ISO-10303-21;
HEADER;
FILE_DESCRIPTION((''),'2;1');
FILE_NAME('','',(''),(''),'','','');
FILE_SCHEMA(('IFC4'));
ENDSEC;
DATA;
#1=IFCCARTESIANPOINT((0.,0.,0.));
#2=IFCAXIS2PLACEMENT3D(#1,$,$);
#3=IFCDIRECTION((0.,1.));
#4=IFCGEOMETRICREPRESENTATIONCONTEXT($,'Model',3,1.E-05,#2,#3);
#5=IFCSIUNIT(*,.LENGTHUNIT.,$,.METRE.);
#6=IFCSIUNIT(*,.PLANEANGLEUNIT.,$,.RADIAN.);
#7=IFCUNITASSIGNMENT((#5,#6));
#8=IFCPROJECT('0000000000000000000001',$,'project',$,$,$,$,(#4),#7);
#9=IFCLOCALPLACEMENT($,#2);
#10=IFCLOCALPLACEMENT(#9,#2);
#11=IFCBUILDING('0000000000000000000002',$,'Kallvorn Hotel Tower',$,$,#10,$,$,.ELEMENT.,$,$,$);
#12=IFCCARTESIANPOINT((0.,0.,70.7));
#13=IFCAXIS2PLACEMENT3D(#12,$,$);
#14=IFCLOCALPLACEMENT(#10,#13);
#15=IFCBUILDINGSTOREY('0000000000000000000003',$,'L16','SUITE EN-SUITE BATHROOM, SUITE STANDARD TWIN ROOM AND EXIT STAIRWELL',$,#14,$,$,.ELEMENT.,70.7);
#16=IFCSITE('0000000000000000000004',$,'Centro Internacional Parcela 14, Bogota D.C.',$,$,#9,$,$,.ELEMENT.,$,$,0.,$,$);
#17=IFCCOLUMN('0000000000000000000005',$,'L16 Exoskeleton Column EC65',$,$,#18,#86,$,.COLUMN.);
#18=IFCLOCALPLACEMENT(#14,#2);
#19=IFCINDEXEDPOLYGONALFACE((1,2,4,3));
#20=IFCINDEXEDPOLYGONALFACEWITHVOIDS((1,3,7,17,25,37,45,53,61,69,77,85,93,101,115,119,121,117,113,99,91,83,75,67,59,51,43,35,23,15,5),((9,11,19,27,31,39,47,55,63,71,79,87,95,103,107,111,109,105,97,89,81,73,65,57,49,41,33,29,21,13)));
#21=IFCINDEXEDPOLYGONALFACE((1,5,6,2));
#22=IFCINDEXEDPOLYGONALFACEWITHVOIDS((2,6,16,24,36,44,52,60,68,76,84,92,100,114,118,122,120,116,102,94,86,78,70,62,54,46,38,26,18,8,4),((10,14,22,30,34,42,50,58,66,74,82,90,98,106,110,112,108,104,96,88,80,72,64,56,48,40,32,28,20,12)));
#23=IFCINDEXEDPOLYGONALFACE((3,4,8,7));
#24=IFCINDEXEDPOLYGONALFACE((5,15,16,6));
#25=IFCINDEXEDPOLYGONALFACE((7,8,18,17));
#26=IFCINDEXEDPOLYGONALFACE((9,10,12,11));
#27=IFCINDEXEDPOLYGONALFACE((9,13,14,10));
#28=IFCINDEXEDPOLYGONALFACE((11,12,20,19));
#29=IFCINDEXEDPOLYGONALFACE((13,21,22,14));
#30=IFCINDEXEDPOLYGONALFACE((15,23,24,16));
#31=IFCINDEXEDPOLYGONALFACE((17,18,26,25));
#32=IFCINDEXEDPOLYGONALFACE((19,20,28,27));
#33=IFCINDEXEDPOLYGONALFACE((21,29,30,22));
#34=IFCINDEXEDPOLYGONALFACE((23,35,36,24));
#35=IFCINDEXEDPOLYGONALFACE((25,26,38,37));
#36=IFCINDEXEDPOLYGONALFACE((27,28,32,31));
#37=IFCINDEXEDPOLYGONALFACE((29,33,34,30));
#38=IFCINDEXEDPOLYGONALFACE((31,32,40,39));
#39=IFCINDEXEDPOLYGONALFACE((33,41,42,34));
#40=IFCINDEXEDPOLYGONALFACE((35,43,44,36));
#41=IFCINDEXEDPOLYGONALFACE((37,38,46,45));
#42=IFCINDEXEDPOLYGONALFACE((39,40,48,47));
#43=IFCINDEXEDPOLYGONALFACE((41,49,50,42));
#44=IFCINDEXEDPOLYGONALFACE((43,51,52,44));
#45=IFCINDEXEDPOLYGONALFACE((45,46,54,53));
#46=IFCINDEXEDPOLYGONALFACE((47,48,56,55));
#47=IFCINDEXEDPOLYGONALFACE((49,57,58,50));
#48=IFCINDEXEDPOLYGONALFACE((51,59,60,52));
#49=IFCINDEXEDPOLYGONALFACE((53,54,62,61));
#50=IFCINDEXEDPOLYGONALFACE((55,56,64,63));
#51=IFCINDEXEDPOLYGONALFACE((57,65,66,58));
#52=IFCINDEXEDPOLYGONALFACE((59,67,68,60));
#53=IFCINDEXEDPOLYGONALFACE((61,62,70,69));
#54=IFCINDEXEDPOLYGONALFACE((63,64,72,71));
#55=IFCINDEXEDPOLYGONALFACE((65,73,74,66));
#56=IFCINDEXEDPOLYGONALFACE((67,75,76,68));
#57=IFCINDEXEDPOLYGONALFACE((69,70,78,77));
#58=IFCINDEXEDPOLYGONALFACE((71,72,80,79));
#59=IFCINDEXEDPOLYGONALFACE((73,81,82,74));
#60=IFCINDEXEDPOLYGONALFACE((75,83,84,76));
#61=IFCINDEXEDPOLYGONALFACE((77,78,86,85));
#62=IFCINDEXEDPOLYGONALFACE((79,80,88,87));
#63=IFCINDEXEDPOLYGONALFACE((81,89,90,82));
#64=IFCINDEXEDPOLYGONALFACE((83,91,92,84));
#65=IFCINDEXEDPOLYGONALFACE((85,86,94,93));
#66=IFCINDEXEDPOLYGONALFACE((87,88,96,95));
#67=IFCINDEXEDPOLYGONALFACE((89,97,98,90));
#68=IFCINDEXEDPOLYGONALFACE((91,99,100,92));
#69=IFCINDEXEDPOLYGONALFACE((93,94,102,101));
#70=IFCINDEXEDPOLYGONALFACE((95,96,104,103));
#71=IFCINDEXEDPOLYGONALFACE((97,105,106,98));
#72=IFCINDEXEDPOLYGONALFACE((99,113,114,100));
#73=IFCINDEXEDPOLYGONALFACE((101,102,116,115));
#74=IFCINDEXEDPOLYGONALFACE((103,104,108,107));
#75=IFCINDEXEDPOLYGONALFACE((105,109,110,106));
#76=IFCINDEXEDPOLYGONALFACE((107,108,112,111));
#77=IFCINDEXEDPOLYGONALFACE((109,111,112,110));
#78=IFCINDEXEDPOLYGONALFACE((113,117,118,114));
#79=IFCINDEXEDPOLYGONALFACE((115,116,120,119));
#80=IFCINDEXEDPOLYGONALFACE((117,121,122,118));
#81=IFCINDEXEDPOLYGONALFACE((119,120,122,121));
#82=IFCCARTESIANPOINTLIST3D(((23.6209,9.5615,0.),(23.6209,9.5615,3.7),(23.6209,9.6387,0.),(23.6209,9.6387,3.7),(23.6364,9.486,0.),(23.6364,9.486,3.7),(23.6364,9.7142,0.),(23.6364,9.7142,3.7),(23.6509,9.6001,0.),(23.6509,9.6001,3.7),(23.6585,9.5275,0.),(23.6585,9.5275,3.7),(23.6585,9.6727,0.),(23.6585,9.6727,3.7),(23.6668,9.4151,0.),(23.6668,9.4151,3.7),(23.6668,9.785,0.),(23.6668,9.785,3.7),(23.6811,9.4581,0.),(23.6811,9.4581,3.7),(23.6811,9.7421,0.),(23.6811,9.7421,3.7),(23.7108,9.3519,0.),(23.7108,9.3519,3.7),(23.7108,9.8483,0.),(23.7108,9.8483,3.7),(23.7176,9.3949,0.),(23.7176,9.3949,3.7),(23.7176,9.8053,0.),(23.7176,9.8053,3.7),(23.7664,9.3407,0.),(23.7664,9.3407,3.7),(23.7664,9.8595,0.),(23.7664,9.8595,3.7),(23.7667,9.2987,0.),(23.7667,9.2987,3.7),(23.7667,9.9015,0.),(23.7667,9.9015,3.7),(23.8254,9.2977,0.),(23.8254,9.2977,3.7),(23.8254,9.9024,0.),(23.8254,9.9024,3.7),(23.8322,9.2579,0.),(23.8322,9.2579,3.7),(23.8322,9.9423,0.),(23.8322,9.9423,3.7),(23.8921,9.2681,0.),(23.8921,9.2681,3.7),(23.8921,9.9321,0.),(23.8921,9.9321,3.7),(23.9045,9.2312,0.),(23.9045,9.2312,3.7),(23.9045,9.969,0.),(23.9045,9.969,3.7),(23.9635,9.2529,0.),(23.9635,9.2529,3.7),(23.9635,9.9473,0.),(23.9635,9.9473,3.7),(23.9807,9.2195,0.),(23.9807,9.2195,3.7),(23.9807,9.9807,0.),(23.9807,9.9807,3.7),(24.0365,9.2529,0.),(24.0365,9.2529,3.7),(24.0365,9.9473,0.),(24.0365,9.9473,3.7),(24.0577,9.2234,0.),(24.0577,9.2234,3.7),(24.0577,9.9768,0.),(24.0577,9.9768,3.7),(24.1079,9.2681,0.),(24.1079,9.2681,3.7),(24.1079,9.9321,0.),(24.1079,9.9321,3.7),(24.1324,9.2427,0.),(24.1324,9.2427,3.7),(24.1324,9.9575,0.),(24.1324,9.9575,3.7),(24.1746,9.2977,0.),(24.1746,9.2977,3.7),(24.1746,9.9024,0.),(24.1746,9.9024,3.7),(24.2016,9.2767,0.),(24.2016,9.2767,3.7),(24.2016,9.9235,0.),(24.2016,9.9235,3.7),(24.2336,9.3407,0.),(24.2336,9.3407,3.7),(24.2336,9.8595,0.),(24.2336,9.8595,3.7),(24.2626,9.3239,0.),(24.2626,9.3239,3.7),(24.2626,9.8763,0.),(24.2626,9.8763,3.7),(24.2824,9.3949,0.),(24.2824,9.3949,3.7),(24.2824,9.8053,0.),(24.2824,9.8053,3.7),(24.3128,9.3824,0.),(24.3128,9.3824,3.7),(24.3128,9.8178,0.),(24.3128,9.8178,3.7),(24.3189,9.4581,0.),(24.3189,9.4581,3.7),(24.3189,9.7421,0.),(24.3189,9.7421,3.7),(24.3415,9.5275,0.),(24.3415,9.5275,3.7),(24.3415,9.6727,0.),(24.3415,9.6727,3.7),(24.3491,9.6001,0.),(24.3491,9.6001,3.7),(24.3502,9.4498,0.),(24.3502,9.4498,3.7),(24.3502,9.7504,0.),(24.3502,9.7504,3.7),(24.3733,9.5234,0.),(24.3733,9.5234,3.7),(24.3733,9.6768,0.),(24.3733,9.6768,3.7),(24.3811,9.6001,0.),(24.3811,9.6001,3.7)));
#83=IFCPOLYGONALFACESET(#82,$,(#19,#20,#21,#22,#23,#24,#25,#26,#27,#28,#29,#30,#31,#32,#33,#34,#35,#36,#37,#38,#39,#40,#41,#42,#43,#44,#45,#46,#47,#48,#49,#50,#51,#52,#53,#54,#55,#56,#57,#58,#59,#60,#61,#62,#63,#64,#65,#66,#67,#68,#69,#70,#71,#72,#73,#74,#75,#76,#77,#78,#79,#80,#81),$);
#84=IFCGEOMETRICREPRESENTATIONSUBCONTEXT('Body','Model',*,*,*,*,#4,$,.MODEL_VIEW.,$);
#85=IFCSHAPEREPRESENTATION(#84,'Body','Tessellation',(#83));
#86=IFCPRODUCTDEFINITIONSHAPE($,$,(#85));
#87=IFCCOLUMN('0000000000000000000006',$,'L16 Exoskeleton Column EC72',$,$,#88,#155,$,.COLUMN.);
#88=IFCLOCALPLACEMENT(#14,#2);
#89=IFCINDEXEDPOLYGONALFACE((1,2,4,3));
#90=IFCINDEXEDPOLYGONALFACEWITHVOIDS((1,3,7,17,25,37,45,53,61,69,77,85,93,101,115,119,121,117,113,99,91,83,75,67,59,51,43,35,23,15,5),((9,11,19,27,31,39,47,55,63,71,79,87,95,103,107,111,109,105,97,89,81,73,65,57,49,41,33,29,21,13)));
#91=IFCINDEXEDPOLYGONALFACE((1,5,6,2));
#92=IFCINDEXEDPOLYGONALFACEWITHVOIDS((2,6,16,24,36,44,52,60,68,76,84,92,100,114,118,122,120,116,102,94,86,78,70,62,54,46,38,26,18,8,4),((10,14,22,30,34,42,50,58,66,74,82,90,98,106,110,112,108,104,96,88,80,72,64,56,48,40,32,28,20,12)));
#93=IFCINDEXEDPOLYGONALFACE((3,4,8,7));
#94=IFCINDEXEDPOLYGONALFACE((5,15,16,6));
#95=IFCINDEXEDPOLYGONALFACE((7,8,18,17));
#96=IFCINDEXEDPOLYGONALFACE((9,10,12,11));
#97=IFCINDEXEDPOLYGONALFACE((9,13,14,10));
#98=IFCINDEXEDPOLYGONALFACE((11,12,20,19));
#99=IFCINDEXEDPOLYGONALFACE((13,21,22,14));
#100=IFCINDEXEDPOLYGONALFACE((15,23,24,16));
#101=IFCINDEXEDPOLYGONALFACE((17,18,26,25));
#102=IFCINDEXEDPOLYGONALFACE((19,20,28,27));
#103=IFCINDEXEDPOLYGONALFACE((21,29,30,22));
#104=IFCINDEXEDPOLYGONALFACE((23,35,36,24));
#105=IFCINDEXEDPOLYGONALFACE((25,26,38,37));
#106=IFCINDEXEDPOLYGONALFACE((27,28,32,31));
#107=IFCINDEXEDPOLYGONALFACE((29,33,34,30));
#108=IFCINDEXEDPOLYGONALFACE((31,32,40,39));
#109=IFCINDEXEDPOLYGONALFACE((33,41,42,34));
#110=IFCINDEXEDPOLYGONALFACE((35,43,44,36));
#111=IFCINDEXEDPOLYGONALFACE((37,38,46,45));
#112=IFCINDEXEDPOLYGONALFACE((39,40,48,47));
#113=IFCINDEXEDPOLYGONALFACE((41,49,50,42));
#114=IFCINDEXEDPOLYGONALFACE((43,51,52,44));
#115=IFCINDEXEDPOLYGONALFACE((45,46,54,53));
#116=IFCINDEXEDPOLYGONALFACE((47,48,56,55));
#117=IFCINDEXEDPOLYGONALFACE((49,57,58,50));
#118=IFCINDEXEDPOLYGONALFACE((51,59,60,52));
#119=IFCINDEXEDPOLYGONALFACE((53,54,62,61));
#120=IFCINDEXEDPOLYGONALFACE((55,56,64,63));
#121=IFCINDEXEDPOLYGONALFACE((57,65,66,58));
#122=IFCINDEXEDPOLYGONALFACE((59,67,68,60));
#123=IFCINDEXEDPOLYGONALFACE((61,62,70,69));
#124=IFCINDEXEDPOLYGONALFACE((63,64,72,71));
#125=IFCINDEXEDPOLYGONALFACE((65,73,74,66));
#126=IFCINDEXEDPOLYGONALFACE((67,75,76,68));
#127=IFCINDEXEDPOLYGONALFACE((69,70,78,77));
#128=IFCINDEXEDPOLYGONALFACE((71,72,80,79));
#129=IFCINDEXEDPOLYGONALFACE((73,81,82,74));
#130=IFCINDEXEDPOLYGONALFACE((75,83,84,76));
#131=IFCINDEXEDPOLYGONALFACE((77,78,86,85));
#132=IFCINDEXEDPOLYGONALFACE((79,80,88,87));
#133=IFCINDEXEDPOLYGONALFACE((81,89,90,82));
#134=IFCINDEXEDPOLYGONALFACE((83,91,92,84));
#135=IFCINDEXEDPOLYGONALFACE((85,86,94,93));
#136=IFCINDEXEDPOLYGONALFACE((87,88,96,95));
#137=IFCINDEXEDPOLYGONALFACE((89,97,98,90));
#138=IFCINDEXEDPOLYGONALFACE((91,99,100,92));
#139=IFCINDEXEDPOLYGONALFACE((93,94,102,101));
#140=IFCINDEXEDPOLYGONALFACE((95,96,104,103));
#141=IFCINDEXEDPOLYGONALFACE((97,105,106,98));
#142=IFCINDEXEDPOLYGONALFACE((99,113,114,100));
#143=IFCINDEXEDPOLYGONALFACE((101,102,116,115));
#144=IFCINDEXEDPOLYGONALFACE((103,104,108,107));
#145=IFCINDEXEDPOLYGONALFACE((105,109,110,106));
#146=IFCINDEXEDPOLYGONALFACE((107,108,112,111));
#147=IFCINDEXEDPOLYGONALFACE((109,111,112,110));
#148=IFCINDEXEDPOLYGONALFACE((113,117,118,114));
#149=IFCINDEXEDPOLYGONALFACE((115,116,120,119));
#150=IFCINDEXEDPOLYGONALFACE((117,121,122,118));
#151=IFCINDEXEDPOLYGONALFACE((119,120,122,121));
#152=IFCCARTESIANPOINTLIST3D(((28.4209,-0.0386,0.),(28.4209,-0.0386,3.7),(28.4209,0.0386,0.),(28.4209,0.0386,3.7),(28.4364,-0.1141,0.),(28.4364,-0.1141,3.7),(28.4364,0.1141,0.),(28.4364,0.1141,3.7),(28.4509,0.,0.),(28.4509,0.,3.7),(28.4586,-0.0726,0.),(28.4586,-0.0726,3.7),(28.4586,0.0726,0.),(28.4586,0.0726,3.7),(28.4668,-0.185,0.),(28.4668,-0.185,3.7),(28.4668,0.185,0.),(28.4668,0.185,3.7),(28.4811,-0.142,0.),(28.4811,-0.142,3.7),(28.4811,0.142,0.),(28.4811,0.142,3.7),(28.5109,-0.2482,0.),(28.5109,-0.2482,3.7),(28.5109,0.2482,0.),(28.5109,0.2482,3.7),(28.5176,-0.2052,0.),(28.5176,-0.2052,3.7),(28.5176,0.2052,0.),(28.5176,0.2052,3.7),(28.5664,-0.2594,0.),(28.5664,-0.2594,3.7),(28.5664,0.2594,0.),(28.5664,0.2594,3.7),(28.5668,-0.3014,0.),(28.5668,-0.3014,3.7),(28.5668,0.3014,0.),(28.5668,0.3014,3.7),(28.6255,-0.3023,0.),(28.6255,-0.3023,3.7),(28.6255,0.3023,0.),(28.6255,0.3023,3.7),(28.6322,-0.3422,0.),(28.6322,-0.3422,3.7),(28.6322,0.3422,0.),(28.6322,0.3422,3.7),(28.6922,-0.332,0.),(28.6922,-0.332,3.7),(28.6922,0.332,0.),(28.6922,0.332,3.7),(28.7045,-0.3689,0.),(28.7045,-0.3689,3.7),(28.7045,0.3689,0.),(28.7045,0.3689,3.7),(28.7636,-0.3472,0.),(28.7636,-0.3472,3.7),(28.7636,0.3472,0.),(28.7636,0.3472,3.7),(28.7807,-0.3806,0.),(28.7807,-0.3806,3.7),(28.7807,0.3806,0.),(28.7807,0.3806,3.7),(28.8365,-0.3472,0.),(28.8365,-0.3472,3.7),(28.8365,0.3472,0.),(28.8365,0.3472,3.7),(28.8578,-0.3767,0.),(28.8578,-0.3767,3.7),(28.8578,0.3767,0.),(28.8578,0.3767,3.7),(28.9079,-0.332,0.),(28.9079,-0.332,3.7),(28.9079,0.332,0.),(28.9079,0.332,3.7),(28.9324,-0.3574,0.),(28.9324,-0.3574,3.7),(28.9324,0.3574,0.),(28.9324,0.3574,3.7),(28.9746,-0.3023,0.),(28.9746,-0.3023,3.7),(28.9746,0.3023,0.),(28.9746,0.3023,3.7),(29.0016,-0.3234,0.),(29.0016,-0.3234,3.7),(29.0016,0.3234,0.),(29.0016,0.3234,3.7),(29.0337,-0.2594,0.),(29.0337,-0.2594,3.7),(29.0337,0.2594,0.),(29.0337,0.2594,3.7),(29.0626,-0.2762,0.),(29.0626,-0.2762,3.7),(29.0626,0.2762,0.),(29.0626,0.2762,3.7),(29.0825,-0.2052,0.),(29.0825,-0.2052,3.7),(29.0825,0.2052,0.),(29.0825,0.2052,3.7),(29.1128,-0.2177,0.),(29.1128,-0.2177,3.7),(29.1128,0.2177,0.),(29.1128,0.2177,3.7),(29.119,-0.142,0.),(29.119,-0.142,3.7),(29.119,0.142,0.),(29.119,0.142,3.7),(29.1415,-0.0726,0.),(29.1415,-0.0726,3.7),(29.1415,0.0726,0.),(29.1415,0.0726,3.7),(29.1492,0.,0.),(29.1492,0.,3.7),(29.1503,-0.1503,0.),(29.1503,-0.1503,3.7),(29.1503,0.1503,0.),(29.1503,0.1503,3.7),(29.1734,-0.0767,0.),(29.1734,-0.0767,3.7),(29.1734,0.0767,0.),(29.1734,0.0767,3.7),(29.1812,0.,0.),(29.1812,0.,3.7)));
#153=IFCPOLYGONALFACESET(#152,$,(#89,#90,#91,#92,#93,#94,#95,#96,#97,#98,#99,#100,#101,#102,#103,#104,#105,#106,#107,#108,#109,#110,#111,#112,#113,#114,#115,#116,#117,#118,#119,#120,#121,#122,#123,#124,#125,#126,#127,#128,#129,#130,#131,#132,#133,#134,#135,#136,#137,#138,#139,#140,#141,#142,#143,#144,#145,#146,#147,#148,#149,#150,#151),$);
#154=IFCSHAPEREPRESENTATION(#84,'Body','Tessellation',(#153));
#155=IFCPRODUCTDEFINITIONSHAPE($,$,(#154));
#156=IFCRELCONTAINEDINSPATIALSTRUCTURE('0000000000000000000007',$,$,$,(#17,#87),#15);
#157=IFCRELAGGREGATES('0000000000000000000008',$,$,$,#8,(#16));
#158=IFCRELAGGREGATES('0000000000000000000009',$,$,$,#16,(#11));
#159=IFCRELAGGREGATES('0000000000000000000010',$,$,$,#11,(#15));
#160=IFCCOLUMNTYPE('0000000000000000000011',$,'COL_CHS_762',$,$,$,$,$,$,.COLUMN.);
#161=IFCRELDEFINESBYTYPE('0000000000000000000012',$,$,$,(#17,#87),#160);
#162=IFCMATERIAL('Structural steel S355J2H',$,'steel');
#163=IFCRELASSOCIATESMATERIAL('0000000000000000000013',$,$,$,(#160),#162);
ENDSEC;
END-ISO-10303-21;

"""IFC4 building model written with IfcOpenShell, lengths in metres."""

from ifc_helpers import new_model, si_unit, direction, frame, origin, origin_2d, place, context, subcontext, project, spatial, hollow_circle, extrude, material, material_profile, profile_set, type_object, element, save


model = new_model("IFC4")

# Units and contexts
model_context = context("Model", 3, precision=1e-05, world=origin(), true_north=direction((0.0, 1.0)))
body_context = subcontext(model_context, "Body", "Model", "MODEL_VIEW")
ifc_project = project(units=[si_unit("LENGTHUNIT", "METRE"), si_unit("PLANEANGLEUNIT", "RADIAN")], contexts=[model_context])

# Site, building, storey
site_placement = place(None, origin())
site = spatial("IfcSite", under=ifc_project, at=site_placement, Name="Centro Internacional Parcela 14, Bogota D.C.", CompositionType="ELEMENT", RefElevation=0.0)
building_placement = place(site_placement, origin())
building = spatial("IfcBuilding", under=site, at=building_placement, Name="Kallvorn Hotel Tower", CompositionType="ELEMENT")
storey_placement = place(building_placement, frame((0.0, 0.0, 70.7)))
storey = spatial("IfcBuildingStorey", under=building, at=storey_placement, Name="L16", Description="SUITE EN-SUITE BATHROOM, SUITE STANDARD TWIN ROOM AND EXIT STAIRWELL", CompositionType="ELEMENT", Elevation=70.7)

# Columns
ifc_material_1 = material(Name="Structural steel S355J2H", Category="steel")
ifc_material_profile_1 = material_profile(ifc_material_1, hollow_circle(Radius=0.3811, WallThickness=0.032, at=origin_2d()), Name="CHS 762x32")
ifc_profile_set_1 = profile_set([ifc_material_profile_1], Name="Structural steel S355J2H")
column_type_1 = type_object("IfcColumnType", Name="COL_CHS_762", PredefinedType="COLUMN", material=ifc_profile_set_1)
for number, where, z_axis, x_axis, name in (
    (1, (24.0, 9.6001, 0.0), (0.0, 0.0, 1.0), (1.0, 0.0, 0.0), "L16 Exoskeleton Column EC65"),
    (2, (28.8, 0.0, 0.0), (0.0, 0.0, 1.0), (1.0, 0.0, 0.0), "L16 Exoskeleton Column EC72"),
):
    element("IfcColumn", number, at=place(storey_placement, frame(where, z_axis=z_axis, x_axis=x_axis)), inside=storey, type_object=column_type_1, Name=name, PredefinedType="COLUMN", context=body_context, shape_type="SweptSolid", body=[
        extrude(hollow_circle(Radius=0.3811, WallThickness=0.032, at=origin_2d()), origin(), (0.0, 0.0, 1.0), 3.7),
    ])

save(model, "model.ifc")
